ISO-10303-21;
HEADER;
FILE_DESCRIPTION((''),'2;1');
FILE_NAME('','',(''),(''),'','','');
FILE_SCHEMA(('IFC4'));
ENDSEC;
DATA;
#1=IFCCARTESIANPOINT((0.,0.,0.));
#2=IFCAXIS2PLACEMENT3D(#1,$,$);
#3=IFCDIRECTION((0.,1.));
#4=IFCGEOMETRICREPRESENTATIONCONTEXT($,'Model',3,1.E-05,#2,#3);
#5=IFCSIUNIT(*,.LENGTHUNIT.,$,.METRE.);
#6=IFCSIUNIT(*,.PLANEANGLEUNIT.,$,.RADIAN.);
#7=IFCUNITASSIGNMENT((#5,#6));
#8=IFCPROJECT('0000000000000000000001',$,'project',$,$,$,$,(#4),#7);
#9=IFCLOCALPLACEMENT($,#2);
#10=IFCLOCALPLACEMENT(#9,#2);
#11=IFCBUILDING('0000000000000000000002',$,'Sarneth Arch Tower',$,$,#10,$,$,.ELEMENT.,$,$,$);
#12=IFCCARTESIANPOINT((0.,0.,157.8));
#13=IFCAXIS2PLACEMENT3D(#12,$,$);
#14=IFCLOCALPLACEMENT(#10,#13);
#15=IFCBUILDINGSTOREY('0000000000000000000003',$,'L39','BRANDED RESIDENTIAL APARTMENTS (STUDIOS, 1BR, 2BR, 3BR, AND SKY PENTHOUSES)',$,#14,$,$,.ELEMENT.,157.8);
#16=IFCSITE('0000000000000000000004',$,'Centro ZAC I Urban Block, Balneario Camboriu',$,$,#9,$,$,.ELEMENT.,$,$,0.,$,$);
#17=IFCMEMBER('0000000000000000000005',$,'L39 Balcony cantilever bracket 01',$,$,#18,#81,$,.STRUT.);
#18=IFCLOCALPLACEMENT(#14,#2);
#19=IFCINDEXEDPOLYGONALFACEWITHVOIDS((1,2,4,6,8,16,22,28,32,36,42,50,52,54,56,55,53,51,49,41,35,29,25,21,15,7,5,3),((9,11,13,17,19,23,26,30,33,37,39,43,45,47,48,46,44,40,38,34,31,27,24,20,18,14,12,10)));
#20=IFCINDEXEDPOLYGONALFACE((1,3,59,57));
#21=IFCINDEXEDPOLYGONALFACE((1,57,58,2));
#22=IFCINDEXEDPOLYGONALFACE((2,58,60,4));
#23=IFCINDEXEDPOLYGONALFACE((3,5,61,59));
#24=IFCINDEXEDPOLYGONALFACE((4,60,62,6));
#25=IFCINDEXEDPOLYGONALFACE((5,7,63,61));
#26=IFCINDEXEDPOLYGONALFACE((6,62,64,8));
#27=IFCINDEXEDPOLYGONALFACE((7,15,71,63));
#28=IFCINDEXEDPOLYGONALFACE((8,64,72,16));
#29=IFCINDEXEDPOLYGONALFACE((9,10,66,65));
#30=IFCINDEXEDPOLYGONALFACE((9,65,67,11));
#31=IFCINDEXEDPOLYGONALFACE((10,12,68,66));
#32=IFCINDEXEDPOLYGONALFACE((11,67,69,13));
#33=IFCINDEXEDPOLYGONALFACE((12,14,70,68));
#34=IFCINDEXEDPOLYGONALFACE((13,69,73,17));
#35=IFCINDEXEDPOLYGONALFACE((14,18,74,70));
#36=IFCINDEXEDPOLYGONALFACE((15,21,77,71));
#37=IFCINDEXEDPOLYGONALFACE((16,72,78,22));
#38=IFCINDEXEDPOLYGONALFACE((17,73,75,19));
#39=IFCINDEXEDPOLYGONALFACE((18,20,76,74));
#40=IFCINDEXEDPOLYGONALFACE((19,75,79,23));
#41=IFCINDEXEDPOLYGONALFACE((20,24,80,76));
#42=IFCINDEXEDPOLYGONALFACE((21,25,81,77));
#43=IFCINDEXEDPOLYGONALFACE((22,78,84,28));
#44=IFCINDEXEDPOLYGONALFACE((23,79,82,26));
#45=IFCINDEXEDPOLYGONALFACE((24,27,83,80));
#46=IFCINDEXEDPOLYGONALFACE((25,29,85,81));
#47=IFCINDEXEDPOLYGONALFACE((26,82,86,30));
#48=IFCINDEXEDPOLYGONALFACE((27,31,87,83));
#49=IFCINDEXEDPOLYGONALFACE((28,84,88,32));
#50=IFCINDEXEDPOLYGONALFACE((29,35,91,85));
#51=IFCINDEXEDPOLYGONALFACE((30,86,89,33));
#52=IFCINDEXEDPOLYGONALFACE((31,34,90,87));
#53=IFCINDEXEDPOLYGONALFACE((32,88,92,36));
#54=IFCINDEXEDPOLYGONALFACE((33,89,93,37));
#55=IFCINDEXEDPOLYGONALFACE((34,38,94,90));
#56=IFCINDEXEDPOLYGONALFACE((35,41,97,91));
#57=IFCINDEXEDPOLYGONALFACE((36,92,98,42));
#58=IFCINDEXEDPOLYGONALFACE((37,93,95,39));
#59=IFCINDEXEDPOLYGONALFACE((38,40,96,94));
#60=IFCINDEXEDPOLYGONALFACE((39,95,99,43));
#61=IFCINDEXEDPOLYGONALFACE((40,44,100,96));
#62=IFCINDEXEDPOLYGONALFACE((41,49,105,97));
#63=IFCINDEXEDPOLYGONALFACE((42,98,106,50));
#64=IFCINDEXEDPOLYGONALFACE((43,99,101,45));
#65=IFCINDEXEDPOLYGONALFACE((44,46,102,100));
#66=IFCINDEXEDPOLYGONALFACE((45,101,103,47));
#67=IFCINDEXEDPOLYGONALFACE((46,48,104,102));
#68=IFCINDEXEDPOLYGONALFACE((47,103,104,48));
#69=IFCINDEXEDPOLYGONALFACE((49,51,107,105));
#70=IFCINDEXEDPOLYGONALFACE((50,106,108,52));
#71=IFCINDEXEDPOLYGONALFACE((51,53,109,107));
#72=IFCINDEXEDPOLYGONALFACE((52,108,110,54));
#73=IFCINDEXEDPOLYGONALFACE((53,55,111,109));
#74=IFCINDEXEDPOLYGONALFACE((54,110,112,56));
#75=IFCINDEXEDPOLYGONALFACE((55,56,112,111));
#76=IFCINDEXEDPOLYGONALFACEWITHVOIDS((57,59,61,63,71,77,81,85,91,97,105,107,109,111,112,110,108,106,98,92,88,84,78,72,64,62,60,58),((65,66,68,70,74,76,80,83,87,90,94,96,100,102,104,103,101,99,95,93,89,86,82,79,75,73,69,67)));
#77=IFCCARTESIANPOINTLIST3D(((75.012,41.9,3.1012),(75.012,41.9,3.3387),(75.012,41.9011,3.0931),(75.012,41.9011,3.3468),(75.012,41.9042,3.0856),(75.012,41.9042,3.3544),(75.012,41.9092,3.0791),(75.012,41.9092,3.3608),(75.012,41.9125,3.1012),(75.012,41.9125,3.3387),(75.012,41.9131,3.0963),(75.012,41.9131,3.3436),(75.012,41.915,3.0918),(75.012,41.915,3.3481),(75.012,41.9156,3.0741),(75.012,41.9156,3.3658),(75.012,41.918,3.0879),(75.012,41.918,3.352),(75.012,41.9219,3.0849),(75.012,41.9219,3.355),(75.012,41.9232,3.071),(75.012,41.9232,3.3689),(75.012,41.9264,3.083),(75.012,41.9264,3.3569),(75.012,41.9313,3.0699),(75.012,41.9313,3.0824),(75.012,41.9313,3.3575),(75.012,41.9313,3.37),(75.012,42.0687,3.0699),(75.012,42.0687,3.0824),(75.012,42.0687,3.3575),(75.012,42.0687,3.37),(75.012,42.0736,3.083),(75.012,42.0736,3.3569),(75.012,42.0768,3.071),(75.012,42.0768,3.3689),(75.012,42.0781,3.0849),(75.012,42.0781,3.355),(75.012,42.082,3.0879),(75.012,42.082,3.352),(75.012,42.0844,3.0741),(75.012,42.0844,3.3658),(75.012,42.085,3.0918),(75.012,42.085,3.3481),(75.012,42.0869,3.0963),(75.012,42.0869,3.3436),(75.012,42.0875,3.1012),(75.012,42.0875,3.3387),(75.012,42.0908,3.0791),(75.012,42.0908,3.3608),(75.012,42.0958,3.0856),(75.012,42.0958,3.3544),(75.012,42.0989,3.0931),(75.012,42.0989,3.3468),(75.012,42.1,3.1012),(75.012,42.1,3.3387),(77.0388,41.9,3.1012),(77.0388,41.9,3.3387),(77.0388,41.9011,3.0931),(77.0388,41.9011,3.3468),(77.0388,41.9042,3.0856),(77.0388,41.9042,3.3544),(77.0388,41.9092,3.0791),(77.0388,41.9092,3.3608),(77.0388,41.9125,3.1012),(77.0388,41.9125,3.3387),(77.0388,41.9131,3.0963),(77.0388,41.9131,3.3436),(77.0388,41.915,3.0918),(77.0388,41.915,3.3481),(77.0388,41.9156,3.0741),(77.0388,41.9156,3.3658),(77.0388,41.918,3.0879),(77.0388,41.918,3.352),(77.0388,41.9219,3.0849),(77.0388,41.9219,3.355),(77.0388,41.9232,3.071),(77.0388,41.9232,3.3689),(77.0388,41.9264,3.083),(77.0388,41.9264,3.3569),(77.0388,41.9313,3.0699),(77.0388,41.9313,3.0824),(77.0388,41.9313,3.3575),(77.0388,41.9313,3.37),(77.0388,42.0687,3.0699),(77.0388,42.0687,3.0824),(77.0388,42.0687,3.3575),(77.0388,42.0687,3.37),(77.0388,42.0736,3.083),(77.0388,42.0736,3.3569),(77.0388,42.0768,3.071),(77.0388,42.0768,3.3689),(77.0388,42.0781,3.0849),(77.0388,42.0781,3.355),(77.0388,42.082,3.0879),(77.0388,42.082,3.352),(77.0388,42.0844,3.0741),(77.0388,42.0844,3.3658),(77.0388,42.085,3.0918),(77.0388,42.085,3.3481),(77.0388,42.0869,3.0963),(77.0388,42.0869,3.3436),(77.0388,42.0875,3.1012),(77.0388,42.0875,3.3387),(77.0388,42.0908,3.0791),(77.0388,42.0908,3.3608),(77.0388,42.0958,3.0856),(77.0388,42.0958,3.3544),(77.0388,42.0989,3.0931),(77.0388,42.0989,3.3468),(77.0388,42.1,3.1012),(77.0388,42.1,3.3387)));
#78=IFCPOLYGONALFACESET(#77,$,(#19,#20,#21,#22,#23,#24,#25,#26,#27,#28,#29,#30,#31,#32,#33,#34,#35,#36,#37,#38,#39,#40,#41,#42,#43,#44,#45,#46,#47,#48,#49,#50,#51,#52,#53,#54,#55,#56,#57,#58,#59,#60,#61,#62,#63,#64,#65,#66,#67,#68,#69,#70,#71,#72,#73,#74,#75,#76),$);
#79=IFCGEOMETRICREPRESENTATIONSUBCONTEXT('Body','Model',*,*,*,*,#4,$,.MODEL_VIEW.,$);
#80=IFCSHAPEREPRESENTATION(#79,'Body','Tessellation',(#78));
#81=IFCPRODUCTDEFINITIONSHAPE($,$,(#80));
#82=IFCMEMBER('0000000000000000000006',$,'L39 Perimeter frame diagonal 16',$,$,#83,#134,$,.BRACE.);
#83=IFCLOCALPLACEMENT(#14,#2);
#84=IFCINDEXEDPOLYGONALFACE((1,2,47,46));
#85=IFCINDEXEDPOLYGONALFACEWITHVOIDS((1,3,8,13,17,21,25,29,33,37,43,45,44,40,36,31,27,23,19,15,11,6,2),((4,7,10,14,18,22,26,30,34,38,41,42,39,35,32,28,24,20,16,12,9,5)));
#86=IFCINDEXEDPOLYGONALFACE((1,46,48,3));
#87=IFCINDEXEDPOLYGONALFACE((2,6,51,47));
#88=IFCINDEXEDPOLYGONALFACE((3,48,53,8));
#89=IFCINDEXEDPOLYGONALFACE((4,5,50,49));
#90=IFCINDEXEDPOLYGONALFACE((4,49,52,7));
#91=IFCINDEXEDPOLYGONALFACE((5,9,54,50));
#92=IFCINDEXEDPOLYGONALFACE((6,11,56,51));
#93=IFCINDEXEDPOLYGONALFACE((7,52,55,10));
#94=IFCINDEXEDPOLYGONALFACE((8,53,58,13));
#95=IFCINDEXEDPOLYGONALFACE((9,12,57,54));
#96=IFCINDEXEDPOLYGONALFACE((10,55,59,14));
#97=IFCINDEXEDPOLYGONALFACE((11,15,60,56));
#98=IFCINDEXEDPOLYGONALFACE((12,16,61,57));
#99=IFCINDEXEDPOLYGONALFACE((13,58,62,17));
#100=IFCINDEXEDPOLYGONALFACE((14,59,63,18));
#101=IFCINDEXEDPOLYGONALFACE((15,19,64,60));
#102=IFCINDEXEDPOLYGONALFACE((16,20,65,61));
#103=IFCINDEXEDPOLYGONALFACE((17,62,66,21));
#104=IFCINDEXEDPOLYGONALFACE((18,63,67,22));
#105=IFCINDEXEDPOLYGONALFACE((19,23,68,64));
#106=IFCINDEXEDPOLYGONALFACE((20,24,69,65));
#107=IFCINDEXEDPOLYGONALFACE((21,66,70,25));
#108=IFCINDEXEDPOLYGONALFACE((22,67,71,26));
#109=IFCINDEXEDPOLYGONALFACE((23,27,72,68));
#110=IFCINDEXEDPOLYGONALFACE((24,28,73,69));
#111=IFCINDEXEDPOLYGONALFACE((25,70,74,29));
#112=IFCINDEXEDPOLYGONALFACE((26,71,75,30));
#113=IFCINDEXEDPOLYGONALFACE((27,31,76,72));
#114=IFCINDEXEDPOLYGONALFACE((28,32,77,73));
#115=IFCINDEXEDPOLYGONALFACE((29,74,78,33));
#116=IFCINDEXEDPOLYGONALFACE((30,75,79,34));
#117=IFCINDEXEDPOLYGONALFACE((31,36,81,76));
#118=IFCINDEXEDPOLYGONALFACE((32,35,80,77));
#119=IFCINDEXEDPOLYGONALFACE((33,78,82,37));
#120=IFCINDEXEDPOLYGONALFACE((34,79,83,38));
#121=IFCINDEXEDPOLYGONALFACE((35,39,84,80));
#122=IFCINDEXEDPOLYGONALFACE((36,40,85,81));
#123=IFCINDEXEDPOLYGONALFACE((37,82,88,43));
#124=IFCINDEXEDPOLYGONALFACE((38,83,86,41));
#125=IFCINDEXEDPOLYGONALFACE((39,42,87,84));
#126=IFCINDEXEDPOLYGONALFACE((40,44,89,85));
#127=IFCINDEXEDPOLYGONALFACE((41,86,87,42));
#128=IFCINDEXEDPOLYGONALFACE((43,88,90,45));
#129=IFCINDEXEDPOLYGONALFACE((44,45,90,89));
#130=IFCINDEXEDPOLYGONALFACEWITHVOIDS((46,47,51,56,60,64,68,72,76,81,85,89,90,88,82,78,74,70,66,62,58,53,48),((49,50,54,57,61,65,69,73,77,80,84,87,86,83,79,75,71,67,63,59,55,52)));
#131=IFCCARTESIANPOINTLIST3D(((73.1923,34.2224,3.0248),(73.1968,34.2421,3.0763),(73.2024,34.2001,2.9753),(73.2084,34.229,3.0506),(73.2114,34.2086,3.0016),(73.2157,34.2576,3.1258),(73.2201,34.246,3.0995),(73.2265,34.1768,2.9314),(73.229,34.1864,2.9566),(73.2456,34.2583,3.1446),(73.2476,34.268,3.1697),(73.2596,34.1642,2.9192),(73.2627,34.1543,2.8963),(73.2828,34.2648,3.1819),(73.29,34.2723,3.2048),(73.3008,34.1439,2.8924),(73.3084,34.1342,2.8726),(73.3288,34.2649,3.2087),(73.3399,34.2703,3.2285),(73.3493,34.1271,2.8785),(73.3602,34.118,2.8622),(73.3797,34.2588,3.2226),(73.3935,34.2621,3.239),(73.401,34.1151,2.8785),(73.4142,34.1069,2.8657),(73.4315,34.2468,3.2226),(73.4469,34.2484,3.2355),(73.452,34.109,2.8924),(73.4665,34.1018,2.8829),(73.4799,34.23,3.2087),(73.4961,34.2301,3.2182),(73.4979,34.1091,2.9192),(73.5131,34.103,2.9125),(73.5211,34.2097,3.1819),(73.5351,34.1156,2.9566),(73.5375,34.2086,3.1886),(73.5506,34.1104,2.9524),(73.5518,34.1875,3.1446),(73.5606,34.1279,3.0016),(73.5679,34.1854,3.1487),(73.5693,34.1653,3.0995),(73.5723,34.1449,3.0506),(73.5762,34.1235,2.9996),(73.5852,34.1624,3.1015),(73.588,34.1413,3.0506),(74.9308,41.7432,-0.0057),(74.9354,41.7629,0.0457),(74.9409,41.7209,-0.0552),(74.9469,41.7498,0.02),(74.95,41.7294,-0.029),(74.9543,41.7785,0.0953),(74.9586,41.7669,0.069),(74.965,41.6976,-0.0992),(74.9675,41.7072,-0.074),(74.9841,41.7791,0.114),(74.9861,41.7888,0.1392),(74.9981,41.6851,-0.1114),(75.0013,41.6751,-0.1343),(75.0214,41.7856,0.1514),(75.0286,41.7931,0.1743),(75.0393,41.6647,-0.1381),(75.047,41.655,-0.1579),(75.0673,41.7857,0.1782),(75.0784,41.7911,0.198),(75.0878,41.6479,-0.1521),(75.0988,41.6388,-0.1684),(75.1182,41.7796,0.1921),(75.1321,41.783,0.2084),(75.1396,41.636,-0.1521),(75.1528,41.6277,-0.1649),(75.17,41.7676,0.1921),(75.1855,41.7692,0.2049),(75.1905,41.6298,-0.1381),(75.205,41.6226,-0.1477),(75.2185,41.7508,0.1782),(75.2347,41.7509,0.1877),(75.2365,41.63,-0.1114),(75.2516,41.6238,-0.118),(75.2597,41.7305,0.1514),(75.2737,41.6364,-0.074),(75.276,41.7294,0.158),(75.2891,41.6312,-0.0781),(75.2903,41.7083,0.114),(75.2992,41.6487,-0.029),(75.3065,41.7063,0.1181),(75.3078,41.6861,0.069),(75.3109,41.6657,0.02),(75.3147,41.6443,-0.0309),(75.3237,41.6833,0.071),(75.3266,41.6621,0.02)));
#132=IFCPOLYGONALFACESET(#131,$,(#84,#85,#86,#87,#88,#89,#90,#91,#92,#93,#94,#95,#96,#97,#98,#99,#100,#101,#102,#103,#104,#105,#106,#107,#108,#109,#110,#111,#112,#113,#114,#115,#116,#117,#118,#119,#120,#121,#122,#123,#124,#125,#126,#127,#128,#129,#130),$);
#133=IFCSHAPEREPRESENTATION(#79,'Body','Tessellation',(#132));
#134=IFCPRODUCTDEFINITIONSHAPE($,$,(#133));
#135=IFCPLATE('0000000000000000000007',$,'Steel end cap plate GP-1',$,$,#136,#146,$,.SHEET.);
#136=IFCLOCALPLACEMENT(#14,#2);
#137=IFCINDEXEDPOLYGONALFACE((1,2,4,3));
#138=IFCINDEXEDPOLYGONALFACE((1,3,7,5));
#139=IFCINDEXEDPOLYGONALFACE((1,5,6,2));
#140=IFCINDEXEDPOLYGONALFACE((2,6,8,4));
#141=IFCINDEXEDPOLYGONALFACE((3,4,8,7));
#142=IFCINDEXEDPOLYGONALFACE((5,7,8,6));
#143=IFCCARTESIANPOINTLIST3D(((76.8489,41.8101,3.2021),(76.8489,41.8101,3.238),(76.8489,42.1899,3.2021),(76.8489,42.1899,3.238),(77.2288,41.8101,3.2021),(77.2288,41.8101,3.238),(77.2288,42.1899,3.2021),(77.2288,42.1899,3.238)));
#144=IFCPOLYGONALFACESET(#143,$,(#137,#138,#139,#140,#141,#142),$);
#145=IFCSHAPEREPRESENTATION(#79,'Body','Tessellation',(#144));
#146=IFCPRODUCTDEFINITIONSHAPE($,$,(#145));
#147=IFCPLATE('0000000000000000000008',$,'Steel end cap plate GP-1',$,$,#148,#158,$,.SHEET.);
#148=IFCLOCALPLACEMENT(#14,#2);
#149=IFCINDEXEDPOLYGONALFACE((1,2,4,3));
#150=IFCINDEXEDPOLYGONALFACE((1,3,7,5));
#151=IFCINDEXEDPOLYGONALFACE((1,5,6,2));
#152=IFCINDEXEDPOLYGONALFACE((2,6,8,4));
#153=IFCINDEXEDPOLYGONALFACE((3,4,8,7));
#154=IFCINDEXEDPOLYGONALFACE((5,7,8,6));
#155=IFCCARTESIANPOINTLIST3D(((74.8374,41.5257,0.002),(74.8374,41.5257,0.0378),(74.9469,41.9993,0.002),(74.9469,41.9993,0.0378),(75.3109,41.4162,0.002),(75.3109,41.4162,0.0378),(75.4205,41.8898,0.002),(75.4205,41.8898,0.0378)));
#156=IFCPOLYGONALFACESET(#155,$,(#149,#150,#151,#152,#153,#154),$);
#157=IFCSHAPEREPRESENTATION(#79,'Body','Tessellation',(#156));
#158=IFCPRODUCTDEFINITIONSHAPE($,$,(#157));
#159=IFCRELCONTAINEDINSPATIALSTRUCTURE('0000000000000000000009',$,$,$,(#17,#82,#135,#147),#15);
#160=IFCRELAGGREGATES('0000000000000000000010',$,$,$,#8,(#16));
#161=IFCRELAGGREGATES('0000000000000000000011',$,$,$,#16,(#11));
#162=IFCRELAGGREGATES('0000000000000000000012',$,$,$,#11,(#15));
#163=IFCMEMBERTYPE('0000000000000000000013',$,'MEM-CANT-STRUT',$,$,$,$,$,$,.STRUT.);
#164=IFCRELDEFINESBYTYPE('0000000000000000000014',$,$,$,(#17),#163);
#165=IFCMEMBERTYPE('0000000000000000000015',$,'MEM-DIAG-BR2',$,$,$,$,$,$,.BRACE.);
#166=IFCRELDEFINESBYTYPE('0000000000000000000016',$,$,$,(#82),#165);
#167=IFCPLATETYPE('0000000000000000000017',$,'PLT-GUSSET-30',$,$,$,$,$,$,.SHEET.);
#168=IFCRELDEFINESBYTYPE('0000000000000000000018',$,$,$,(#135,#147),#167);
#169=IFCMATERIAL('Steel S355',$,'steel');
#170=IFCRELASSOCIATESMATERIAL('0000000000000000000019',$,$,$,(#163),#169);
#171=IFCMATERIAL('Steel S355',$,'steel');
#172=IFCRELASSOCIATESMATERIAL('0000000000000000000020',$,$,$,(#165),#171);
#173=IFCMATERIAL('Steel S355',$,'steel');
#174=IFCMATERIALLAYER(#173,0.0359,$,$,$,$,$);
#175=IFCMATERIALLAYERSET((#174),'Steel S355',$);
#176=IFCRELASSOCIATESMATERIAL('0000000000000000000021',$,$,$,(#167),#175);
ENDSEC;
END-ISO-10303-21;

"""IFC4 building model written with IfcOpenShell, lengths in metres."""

from ifc_helpers import new_model, si_unit, direction, frame, origin, origin_2d, place, context, subcontext, project, spatial, rectangle, hollow_rectangle, hollow_circle, extrude, material, layer, layer_set, material_profile, profile_set, type_object, element, save


model = new_model("IFC4")

# Units and contexts
model_context = context("Model", 3, precision=1e-05, world=origin(), true_north=direction((0.0, 1.0)))
body_context = subcontext(model_context, "Body", "Model", "MODEL_VIEW")
ifc_project = project(units=[si_unit("LENGTHUNIT", "METRE"), si_unit("PLANEANGLEUNIT", "RADIAN")], contexts=[model_context])

# Site, building, storey
site_placement = place(None, origin())
site = spatial("IfcSite", under=ifc_project, at=site_placement, Name="Centro ZAC I Urban Block, Balneario Camboriu", CompositionType="ELEMENT", RefElevation=0.0)
building_placement = place(site_placement, origin())
building = spatial("IfcBuilding", under=site, at=building_placement, Name="Sarneth Arch Tower", CompositionType="ELEMENT")
storey_placement = place(building_placement, frame((0.0, 0.0, 157.8)))
storey = spatial("IfcBuildingStorey", under=building, at=storey_placement, Name="L39", Description="BRANDED RESIDENTIAL APARTMENTS (STUDIOS, 1BR, 2BR, 3BR, AND SKY PENTHOUSES)", CompositionType="ELEMENT", Elevation=157.8)

# Members
ifc_material_1 = material(Name="Steel S355", Category="steel")
ifc_material_profile_1 = material_profile(ifc_material_1, hollow_rectangle(XDim=0.2, YDim=0.3, WallThickness=0.0125, InnerFilletRadius=0.0188, OuterFilletRadius=0.0312, at=origin_2d()), Name="RHS300x200x12.5")
ifc_profile_set_1 = profile_set([ifc_material_profile_1], Name="Steel S355")
member_type_1 = type_object("IfcMemberType", Name="MEM-CANT-STRUT", PredefinedType="STRUT", material=ifc_profile_set_1)
member_1_placement = place(storey_placement, frame((75.012, 42.0, 3.22), z_axis=(1.0, 0.0, 0.0), x_axis=(0.0, 1.0, 0.0)))
element("IfcMember", 1, at=member_1_placement, inside=storey, type_object=member_type_1, Name="L39 Balcony cantilever bracket 01", PredefinedType="STRUT", context=body_context, shape_type="SweptSolid", body=[
    extrude(hollow_rectangle(XDim=0.2, YDim=0.3, WallThickness=0.0125, InnerFilletRadius=0.0188, OuterFilletRadius=0.0312, at=origin_2d()), origin(), (0.0, 0.0, 1.0), 2.0269),
])
ifc_material_2 = material(Name="Steel S355", Category="steel")
ifc_material_profile_2 = material_profile(ifc_material_2, hollow_circle(Radius=0.2029, WallThickness=0.0161, at=origin_2d()), Name="CHS406x16")
ifc_profile_set_2 = profile_set([ifc_material_profile_2], Name="Steel S355")
member_type_2 = type_object("IfcMemberType", Name="MEM-DIAG-BR2", PredefinedType="BRACE", material=ifc_profile_set_2)
member_2_placement = place(storey_placement, frame((75.1289, 41.7078, 0.02), z_axis=(-0.209646, -0.906917, 0.365446), x_axis=(0.974307, -0.225224, 0.0)))
element("IfcMember", 2, at=member_2_placement, inside=storey, type_object=member_type_2, Name="L39 Perimeter frame diagonal 16", PredefinedType="BRACE", context=body_context, shape_type="SweptSolid", body=[
    extrude(hollow_circle(Radius=0.2029, WallThickness=0.0161, at=origin_2d()), origin(), (0.0, 0.0, 1.0), 8.2927),
])

# Plates
ifc_material_3 = material(Name="Steel S355", Category="steel")
ifc_layer_1 = layer(ifc_material_3, 0.0359)
ifc_layer_set_1 = layer_set([ifc_layer_1], Name="Steel S355")
plate_type = type_object("IfcPlateType", Name="PLT-GUSSET-30", PredefinedType="SHEET", material=ifc_layer_set_1)
plate_1_placement = place(storey_placement, frame((77.0388, 42.0, 3.2021), z_axis=(0.0, 0.0, 1.0), x_axis=(1.0, 0.0, 0.0)))
element("IfcPlate", 3, at=plate_1_placement, inside=storey, type_object=plate_type, Name="Steel end cap plate GP-1", PredefinedType="SHEET", context=body_context, shape_type="SweptSolid", body=[
    extrude(rectangle(XDim=0.3799, YDim=0.3799, at=origin_2d()), origin(), (0.0, 0.0, 1.0), 0.0359),
])
plate_2_placement = place(storey_placement, frame((75.1289, 41.7078, 0.002), z_axis=(0.0, 0.0, 1.0), x_axis=(0.225291, 0.974291, 0.0)))
element("IfcPlate", 4, at=plate_2_placement, inside=storey, type_object=plate_type, Name="Steel end cap plate GP-1", PredefinedType="SHEET", context=body_context, shape_type="SweptSolid", body=[
    extrude(rectangle(XDim=0.4861, YDim=0.4861, at=origin_2d()), origin(), (0.0, 0.0, 1.0), 0.0359),
])

save(model, "model.ifc")
